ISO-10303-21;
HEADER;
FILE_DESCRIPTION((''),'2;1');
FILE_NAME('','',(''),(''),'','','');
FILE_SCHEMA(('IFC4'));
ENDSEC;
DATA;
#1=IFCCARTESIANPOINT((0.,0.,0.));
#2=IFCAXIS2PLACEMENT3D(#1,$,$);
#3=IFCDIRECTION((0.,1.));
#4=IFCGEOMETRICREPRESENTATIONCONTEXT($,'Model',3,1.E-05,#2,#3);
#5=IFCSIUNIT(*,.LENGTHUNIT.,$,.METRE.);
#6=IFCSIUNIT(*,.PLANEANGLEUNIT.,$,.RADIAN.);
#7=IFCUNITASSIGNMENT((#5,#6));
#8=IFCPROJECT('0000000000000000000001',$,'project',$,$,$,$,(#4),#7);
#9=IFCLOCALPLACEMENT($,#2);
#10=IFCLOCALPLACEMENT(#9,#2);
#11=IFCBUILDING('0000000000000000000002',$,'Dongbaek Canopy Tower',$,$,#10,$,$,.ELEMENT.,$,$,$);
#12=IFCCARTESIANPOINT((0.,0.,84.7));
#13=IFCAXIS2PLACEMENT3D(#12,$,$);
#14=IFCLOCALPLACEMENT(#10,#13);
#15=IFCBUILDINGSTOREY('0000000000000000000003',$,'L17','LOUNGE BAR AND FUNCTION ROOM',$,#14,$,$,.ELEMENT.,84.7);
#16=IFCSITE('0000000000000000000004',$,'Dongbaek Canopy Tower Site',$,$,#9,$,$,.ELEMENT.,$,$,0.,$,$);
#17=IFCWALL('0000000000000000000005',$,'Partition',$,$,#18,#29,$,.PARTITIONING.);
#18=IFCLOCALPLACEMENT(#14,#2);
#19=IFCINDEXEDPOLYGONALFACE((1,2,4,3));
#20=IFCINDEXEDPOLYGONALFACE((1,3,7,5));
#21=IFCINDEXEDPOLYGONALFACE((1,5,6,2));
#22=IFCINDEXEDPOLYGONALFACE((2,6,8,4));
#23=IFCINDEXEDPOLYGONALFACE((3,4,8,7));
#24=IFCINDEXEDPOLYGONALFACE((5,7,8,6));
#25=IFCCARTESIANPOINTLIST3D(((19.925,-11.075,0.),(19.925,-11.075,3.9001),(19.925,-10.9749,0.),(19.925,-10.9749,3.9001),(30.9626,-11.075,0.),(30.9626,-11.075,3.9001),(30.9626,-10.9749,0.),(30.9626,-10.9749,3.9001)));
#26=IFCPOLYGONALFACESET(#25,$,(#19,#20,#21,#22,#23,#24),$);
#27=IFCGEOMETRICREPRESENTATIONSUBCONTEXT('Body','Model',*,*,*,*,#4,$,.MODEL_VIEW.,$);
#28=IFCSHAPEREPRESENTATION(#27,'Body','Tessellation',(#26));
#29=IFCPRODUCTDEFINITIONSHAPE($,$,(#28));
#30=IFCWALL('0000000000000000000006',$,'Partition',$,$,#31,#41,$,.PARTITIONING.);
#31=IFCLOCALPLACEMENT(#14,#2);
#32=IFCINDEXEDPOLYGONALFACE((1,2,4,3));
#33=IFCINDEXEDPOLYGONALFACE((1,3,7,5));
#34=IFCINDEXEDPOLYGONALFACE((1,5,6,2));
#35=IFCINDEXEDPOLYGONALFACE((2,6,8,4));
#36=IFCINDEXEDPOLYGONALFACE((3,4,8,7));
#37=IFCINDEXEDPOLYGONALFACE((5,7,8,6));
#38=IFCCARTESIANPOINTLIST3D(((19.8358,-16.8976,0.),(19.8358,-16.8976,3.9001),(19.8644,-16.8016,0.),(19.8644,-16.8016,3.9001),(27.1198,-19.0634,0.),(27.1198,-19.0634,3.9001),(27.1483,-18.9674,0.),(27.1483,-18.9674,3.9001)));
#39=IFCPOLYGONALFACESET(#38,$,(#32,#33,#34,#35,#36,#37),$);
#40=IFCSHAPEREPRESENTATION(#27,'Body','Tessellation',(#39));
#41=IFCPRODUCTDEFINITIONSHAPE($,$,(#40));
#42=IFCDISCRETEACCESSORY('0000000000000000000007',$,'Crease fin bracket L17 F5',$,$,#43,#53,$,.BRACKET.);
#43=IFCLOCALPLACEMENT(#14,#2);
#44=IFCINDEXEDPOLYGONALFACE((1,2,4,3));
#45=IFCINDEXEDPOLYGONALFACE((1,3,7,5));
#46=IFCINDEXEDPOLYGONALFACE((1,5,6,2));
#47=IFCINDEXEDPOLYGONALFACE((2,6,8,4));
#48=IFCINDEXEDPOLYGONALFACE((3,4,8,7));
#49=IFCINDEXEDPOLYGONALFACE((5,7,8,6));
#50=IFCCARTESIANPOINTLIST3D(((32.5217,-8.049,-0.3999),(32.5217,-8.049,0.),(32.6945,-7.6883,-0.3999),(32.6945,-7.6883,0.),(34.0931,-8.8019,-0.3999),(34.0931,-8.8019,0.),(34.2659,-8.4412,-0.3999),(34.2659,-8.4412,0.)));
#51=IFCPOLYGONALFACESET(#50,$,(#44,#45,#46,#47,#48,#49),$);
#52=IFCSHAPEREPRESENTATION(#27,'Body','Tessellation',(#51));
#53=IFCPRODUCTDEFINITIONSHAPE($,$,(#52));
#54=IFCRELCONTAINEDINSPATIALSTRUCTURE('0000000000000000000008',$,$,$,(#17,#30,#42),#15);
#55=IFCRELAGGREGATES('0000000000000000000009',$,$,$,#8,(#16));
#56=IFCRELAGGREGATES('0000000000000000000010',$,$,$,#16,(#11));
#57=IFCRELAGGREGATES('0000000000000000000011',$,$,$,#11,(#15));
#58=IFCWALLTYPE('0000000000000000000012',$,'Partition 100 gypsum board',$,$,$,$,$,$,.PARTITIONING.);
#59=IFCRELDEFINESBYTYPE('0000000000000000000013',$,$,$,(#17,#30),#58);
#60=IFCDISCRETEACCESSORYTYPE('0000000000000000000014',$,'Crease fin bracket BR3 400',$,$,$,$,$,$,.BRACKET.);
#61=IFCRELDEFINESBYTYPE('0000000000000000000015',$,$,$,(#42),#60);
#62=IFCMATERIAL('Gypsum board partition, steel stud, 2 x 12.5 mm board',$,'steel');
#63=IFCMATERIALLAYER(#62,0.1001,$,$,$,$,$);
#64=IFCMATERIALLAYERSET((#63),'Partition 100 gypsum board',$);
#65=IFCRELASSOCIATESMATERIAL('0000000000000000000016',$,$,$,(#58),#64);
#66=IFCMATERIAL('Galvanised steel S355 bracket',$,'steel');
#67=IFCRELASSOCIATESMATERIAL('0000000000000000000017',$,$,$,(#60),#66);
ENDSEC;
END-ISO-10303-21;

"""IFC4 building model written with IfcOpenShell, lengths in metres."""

from ifc_helpers import new_model, si_unit, direction, frame, frame_2d, origin, origin_2d, place, context, subcontext, project, spatial, rectangle, extrude, material, layer, layer_set, type_object, element, save


model = new_model("IFC4")

# Units and contexts
model_context = context("Model", 3, precision=1e-05, world=origin(), true_north=direction((0.0, 1.0)))
body_context = subcontext(model_context, "Body", "Model", "MODEL_VIEW")
ifc_project = project(units=[si_unit("LENGTHUNIT", "METRE"), si_unit("PLANEANGLEUNIT", "RADIAN")], contexts=[model_context])

# Site, building, storey
site_placement = place(None, origin())
site = spatial("IfcSite", under=ifc_project, at=site_placement, Name="Dongbaek Canopy Tower Site", CompositionType="ELEMENT", RefElevation=0.0)
building_placement = place(site_placement, origin())
building = spatial("IfcBuilding", under=site, at=building_placement, Name="Dongbaek Canopy Tower", CompositionType="ELEMENT")
storey_placement = place(building_placement, frame((0.0, 0.0, 84.7)))
storey = spatial("IfcBuildingStorey", under=building, at=storey_placement, Name="L17", Description="LOUNGE BAR AND FUNCTION ROOM", CompositionType="ELEMENT", Elevation=84.7)

# Walls
ifc_material_1 = material(Name="Gypsum board partition, steel stud, 2 x 12.5 mm board", Category="steel")
ifc_layer_1 = layer(ifc_material_1, 0.1001)
ifc_layer_set_1 = layer_set([ifc_layer_1], Name="Partition 100 gypsum board")
wall_type_1 = type_object("IfcWallType", Name="Partition 100 gypsum board", PredefinedType="PARTITIONING", material=ifc_layer_set_1)
wall_1_placement = place(storey_placement, frame((19.925, -11.0249, 0.0), z_axis=(0.0, 0.0, 1.0), x_axis=(1.0, 0.0, 0.0)))
element("IfcWall", 1, at=wall_1_placement, inside=storey, type_object=wall_type_1, Name="Partition", PredefinedType="PARTITIONING", context=body_context, shape_type="SweptSolid", body=[
    extrude(rectangle(XDim=11.0376, YDim=0.1001, at=frame_2d((5.5188, 0.0))), origin(), (0.0, 0.0, 1.0), 3.9001),
])
wall_2_placement = place(storey_placement, frame((19.8501, -16.8496, 0.0), z_axis=(0.0, 0.0, 1.0), x_axis=(0.958526, -0.285004, 0.0)))
element("IfcWall", 2, at=wall_2_placement, inside=storey, type_object=wall_type_1, Name="Partition", PredefinedType="PARTITIONING", context=body_context, shape_type="SweptSolid", body=[
    extrude(rectangle(XDim=7.5991, YDim=0.1001, at=frame_2d((3.7996, 0.0))), origin(), (0.0, 0.0, 1.0), 3.9001),
])

# Discrete accessory
ifc_material_2 = material(Name="Galvanised steel S355 bracket", Category="steel")
discrete_accessory_type = type_object("IfcDiscreteAccessoryType", Name="Crease fin bracket BR3 400", PredefinedType="BRACKET", material=ifc_material_2)
discrete_accessory_placement = place(storey_placement, frame((33.3938, -8.2451, -0.3999), z_axis=(0.0, 0.0, 1.0), x_axis=(0.901828, -0.432095, 0.0)))
element("IfcDiscreteAccessory", 3, at=discrete_accessory_placement, inside=storey, type_object=discrete_accessory_type, Name="Crease fin bracket L17 F5", PredefinedType="BRACKET", context=body_context, shape_type="SweptSolid", body=[
    extrude(rectangle(XDim=1.7424, YDim=0.3999, at=origin_2d()), origin(), (0.0, 0.0, 1.0), 0.3999),
])

save(model, "model.ifc")
